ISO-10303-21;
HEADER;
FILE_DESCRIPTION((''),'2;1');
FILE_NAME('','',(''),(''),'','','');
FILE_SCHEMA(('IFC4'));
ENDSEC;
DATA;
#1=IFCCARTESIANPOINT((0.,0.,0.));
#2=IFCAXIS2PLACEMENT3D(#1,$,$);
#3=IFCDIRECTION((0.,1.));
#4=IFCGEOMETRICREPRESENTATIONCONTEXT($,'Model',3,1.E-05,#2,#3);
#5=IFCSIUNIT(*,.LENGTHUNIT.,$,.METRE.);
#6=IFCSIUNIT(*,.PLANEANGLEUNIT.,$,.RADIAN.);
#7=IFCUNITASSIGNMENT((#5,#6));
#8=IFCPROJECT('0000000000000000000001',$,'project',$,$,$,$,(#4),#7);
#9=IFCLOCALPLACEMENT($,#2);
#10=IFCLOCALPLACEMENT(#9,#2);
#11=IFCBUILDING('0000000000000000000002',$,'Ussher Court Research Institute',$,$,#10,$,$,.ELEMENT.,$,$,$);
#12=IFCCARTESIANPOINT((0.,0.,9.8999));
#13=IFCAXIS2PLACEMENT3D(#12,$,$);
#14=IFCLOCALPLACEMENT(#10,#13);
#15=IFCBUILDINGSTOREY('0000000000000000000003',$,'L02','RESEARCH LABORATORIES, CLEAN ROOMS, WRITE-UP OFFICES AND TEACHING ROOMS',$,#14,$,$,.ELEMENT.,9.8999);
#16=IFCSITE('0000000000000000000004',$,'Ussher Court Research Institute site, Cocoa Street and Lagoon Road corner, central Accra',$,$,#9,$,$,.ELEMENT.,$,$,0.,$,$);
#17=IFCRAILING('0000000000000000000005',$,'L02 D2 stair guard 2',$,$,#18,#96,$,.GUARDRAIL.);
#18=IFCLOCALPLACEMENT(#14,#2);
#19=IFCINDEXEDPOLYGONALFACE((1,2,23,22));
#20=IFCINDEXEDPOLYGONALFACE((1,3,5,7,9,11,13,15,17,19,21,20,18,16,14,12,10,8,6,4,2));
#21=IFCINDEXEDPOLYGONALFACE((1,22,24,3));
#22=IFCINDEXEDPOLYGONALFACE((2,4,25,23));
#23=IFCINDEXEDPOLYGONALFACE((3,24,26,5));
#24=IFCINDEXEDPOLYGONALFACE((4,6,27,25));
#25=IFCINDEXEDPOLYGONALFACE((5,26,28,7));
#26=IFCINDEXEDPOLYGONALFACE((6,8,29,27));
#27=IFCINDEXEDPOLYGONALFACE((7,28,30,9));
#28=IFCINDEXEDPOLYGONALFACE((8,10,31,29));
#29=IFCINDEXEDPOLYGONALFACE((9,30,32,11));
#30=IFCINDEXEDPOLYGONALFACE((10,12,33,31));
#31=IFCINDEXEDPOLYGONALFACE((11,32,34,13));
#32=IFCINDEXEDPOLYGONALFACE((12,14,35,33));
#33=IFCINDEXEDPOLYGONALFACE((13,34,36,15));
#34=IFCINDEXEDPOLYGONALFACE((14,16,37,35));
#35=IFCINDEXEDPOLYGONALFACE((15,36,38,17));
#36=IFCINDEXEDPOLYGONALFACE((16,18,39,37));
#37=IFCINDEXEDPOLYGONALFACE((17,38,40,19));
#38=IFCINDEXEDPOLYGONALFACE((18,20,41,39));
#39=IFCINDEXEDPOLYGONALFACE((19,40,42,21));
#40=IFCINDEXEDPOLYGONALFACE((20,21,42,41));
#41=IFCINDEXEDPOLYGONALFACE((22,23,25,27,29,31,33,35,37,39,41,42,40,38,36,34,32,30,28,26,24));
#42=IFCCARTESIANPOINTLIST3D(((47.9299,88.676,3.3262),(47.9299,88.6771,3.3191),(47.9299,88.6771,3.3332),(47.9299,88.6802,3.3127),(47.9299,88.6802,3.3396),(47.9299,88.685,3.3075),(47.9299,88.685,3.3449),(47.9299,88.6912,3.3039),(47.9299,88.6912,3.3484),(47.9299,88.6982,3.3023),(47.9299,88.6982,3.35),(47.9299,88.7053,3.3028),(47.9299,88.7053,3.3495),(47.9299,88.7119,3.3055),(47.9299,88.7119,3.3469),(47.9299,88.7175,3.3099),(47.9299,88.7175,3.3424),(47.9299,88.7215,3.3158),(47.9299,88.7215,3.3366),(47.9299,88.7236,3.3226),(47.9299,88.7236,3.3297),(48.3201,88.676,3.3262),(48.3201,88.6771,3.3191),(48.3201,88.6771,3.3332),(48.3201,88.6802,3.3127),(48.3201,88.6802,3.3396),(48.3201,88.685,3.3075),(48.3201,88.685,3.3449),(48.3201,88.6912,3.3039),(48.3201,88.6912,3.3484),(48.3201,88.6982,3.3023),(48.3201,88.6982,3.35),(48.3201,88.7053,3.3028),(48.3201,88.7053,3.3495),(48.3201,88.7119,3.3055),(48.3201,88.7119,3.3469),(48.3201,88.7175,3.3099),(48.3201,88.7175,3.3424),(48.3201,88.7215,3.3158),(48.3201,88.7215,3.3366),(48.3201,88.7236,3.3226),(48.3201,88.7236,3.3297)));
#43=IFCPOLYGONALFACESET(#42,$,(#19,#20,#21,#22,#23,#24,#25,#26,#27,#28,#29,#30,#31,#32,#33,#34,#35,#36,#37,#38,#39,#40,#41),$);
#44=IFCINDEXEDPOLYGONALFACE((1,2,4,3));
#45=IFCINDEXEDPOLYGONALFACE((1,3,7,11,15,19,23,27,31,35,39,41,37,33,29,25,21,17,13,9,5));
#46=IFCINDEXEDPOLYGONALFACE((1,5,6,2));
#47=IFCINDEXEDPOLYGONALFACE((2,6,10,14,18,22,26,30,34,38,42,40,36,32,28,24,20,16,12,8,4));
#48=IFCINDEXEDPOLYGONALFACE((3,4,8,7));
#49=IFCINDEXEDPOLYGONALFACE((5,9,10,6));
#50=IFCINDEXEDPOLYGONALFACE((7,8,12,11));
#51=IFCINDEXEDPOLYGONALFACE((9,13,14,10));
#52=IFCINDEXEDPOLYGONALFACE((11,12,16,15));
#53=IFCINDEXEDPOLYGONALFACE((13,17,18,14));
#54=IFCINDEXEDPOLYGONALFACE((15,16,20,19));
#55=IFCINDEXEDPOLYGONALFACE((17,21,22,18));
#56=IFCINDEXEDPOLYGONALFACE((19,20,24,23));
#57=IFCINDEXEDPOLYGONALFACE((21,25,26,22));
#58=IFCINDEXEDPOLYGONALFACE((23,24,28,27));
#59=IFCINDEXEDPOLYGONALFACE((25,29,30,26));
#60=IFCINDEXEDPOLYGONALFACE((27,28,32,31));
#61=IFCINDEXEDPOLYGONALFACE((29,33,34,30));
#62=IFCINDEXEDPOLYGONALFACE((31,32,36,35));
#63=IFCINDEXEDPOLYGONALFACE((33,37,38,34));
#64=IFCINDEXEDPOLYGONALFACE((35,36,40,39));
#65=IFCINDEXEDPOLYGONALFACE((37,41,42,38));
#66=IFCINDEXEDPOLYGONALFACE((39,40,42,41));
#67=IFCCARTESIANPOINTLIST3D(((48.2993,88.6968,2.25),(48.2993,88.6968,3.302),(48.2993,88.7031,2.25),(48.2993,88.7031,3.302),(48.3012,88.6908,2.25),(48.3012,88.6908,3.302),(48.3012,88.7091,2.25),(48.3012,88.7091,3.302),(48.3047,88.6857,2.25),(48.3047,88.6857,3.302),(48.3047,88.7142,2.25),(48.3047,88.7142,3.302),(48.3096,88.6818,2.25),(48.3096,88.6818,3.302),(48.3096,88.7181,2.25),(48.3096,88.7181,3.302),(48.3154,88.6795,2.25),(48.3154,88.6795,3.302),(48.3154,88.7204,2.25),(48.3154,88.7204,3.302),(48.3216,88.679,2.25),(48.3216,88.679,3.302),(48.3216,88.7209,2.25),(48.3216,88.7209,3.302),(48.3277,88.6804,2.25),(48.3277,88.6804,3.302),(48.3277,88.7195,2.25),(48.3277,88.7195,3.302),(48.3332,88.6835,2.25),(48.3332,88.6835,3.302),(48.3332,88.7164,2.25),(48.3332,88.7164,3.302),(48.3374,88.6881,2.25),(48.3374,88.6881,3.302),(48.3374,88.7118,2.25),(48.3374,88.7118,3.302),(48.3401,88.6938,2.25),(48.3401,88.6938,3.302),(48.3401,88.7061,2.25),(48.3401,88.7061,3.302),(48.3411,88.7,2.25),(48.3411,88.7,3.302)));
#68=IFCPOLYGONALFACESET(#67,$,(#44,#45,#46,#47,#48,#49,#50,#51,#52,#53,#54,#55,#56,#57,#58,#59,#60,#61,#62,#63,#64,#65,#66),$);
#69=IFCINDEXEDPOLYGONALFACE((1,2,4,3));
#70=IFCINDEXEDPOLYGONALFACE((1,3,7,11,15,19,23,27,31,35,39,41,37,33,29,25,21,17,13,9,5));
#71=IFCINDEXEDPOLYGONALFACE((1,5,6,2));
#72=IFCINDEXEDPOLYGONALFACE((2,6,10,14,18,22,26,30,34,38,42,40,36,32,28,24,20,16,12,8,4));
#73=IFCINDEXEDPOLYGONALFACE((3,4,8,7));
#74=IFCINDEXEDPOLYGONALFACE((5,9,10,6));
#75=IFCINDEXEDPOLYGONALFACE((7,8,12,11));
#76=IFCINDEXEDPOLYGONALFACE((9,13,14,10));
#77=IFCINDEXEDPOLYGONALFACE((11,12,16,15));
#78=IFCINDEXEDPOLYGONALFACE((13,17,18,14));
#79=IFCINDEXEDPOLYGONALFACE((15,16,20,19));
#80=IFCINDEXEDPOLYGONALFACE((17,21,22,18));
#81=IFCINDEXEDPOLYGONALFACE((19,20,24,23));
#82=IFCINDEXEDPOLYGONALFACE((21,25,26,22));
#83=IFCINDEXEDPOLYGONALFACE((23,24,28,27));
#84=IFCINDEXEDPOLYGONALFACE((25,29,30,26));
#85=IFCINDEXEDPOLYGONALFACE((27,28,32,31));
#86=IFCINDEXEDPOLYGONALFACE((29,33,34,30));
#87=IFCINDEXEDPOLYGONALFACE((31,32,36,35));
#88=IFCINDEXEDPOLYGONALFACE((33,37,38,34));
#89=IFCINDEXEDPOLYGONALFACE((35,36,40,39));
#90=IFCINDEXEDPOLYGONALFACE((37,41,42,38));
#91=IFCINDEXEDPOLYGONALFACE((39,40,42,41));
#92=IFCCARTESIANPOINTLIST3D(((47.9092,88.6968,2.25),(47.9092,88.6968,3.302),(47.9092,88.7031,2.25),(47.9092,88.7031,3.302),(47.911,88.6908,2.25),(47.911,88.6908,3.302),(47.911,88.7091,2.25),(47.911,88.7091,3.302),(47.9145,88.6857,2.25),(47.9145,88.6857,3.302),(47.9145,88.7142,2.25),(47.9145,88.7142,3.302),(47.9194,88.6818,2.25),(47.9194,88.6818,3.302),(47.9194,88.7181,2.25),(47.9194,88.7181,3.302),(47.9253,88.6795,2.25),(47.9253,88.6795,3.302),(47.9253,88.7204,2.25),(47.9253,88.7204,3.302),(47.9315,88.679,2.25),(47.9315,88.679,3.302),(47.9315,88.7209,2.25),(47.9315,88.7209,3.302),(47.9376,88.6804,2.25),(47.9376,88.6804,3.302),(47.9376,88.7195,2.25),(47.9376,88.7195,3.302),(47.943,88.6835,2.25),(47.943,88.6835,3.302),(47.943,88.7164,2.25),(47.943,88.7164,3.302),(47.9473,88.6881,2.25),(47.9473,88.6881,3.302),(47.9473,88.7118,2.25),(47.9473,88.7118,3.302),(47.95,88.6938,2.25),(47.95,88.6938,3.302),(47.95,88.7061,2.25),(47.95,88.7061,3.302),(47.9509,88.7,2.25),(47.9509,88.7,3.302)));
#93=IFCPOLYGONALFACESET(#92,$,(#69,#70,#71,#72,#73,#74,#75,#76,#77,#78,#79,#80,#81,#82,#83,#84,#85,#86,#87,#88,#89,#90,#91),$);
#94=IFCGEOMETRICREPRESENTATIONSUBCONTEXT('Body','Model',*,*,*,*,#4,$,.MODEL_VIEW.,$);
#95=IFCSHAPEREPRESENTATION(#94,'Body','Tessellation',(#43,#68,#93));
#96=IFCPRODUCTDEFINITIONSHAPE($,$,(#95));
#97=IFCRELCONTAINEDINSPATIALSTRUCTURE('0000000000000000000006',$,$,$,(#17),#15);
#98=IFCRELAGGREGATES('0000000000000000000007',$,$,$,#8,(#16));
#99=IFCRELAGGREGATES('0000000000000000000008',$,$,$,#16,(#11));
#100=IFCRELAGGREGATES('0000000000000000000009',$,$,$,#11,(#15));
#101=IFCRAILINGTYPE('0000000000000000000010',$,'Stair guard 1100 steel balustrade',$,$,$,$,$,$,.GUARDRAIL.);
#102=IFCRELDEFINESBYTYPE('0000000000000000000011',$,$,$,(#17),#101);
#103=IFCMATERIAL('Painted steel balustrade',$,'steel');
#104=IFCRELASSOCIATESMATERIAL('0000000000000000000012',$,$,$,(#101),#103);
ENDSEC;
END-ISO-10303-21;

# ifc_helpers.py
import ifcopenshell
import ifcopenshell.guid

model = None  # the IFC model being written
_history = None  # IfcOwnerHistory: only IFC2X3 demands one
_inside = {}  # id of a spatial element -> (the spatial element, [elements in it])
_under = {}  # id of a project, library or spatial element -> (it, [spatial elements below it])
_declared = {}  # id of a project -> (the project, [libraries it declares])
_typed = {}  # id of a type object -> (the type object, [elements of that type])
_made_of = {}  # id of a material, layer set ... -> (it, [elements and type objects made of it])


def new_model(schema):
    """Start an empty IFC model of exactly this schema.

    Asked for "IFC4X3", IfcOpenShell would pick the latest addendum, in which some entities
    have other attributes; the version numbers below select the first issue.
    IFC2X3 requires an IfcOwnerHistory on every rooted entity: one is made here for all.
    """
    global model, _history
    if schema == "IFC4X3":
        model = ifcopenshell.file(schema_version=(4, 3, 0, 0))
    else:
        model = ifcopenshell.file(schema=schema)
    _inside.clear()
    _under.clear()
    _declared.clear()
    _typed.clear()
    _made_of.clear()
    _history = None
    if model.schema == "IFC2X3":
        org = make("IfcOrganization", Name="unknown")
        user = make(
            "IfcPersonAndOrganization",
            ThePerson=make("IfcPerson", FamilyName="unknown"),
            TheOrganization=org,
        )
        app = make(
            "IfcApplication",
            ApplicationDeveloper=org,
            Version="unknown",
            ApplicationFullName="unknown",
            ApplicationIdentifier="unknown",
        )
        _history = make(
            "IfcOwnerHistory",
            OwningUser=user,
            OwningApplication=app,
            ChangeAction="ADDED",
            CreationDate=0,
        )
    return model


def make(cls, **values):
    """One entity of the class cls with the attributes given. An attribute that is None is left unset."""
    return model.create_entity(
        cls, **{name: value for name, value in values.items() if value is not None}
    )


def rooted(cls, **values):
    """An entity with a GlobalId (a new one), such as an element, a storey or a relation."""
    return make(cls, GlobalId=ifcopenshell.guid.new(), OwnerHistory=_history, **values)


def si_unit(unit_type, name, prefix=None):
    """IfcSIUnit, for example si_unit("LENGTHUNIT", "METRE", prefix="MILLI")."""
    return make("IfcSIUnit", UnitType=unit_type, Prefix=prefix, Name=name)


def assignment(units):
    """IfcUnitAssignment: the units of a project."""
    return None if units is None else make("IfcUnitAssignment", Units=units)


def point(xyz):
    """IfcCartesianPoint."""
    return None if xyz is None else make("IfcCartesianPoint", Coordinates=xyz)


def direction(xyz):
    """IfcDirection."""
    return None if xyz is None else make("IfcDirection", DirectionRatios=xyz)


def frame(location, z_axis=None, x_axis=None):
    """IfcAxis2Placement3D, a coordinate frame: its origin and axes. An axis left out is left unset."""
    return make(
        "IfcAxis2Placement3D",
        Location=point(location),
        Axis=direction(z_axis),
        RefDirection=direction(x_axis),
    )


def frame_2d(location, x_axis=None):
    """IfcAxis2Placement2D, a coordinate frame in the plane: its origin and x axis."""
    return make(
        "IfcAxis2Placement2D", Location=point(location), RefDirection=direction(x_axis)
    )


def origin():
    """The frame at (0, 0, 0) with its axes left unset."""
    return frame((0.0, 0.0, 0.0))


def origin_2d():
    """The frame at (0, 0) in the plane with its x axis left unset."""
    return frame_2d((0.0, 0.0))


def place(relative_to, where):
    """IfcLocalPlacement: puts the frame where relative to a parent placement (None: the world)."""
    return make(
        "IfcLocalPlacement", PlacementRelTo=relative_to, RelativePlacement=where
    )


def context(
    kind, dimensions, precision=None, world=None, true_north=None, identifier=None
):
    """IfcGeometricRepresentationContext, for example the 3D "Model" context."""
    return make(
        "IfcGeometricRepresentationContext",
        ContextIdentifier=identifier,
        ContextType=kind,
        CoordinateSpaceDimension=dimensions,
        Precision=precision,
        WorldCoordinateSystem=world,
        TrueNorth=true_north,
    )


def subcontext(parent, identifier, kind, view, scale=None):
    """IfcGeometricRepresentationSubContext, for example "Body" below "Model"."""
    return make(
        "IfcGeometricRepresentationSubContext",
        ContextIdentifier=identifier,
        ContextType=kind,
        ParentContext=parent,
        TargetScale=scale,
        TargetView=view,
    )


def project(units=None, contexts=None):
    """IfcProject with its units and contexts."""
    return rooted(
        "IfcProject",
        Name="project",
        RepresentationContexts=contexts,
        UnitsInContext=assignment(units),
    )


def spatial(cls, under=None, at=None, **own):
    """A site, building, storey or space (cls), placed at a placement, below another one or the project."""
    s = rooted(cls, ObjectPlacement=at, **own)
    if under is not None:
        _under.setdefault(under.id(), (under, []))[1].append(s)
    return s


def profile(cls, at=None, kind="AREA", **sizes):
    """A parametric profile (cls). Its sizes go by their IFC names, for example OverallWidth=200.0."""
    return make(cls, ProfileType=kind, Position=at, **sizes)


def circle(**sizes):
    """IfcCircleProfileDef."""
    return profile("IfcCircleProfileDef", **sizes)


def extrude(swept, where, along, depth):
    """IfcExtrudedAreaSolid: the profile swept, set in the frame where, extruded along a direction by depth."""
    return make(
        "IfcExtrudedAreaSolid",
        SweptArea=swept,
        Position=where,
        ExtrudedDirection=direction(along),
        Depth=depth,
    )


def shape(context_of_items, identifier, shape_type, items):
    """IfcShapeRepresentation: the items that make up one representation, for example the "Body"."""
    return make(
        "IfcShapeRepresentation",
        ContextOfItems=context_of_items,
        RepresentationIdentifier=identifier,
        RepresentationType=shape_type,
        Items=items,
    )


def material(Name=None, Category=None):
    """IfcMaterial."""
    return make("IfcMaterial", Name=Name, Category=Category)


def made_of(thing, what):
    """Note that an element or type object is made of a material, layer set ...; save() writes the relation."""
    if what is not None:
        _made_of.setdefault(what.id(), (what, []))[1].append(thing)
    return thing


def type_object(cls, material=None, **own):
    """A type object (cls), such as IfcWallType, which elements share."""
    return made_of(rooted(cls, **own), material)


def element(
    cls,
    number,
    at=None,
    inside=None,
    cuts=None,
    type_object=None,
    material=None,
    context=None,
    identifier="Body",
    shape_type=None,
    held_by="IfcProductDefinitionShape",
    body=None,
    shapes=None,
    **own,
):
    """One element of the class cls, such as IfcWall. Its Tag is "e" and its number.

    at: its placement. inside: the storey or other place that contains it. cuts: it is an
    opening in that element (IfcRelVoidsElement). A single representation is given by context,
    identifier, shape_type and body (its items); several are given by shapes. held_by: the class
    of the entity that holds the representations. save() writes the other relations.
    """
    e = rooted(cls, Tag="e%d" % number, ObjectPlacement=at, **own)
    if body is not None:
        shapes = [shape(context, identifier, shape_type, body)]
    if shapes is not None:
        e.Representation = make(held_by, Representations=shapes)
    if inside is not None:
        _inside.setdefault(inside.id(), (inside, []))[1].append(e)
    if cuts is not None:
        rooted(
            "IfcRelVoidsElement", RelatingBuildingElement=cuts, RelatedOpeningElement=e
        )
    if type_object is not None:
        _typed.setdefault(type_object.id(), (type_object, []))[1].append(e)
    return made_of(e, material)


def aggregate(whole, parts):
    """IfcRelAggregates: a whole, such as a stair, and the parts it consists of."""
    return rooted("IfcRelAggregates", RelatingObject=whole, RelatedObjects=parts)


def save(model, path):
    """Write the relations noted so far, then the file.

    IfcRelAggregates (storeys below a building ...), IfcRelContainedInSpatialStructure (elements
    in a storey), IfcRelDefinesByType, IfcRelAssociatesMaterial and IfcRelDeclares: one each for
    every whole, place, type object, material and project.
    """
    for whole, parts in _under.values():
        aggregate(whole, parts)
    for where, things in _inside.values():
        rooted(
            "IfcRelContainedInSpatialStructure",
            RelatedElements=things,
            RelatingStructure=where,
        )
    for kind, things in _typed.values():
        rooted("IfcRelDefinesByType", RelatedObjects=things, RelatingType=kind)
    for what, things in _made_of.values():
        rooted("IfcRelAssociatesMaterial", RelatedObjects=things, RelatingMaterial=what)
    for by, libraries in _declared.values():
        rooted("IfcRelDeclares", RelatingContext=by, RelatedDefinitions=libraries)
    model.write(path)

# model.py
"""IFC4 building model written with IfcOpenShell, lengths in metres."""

from ifc_helpers import new_model, si_unit, direction, frame, origin, origin_2d, place, context, subcontext, project, spatial, circle, extrude, material, type_object, element, save


model = new_model("IFC4")

# Units and contexts
model_context = context("Model", 3, precision=1e-05, world=origin(), true_north=direction((0.0, 1.0)))
body_context = subcontext(model_context, "Body", "Model", "MODEL_VIEW")
ifc_project = project(units=[si_unit("LENGTHUNIT", "METRE"), si_unit("PLANEANGLEUNIT", "RADIAN")], contexts=[model_context])

# Site, building, storey
site_placement = place(None, origin())
site = spatial("IfcSite", under=ifc_project, at=site_placement, Name="Ussher Court Research Institute site, Cocoa Street and Lagoon Road corner, central Accra", CompositionType="ELEMENT", RefElevation=0.0)
building_placement = place(site_placement, origin())
building = spatial("IfcBuilding", under=site, at=building_placement, Name="Ussher Court Research Institute", CompositionType="ELEMENT")
storey_placement = place(building_placement, frame((0.0, 0.0, 9.8999)))
storey = spatial("IfcBuildingStorey", under=building, at=storey_placement, Name="L02", Description="RESEARCH LABORATORIES, CLEAN ROOMS, WRITE-UP OFFICES AND TEACHING ROOMS", CompositionType="ELEMENT", Elevation=9.8999)

# Railing
ifc_material_1 = material(Name="Painted steel balustrade", Category="steel")
railing_type_1 = type_object("IfcRailingType", Name="Stair guard 1100 steel balustrade", PredefinedType="GUARDRAIL", material=ifc_material_1)
railing_1_placement = place(storey_placement, frame((48.3201, 88.7, 2.25)))
element("IfcRailing", 1, at=railing_1_placement, inside=storey, type_object=railing_type_1, Name="L02 D2 stair guard 2", PredefinedType="GUARDRAIL", context=body_context, shape_type="SweptSolid", body=[
    extrude(circle(Radius=0.0239, at=origin_2d()), frame((0.0, 0.0, 1.0762), z_axis=(-1.0, 0.0, 0.0), x_axis=(0.0, -1.0, 0.0)), (0.0, 0.0, 1.0), 0.3901),
    extrude(circle(Radius=0.021, at=origin_2d()), origin(), (0.0, 0.0, 1.0), 1.052),
    extrude(circle(Radius=0.021, at=origin_2d()), frame((-0.3901, 0.0, 0.0)), (0.0, 0.0, 1.0), 1.052),
])

save(model, "model.ifc")
